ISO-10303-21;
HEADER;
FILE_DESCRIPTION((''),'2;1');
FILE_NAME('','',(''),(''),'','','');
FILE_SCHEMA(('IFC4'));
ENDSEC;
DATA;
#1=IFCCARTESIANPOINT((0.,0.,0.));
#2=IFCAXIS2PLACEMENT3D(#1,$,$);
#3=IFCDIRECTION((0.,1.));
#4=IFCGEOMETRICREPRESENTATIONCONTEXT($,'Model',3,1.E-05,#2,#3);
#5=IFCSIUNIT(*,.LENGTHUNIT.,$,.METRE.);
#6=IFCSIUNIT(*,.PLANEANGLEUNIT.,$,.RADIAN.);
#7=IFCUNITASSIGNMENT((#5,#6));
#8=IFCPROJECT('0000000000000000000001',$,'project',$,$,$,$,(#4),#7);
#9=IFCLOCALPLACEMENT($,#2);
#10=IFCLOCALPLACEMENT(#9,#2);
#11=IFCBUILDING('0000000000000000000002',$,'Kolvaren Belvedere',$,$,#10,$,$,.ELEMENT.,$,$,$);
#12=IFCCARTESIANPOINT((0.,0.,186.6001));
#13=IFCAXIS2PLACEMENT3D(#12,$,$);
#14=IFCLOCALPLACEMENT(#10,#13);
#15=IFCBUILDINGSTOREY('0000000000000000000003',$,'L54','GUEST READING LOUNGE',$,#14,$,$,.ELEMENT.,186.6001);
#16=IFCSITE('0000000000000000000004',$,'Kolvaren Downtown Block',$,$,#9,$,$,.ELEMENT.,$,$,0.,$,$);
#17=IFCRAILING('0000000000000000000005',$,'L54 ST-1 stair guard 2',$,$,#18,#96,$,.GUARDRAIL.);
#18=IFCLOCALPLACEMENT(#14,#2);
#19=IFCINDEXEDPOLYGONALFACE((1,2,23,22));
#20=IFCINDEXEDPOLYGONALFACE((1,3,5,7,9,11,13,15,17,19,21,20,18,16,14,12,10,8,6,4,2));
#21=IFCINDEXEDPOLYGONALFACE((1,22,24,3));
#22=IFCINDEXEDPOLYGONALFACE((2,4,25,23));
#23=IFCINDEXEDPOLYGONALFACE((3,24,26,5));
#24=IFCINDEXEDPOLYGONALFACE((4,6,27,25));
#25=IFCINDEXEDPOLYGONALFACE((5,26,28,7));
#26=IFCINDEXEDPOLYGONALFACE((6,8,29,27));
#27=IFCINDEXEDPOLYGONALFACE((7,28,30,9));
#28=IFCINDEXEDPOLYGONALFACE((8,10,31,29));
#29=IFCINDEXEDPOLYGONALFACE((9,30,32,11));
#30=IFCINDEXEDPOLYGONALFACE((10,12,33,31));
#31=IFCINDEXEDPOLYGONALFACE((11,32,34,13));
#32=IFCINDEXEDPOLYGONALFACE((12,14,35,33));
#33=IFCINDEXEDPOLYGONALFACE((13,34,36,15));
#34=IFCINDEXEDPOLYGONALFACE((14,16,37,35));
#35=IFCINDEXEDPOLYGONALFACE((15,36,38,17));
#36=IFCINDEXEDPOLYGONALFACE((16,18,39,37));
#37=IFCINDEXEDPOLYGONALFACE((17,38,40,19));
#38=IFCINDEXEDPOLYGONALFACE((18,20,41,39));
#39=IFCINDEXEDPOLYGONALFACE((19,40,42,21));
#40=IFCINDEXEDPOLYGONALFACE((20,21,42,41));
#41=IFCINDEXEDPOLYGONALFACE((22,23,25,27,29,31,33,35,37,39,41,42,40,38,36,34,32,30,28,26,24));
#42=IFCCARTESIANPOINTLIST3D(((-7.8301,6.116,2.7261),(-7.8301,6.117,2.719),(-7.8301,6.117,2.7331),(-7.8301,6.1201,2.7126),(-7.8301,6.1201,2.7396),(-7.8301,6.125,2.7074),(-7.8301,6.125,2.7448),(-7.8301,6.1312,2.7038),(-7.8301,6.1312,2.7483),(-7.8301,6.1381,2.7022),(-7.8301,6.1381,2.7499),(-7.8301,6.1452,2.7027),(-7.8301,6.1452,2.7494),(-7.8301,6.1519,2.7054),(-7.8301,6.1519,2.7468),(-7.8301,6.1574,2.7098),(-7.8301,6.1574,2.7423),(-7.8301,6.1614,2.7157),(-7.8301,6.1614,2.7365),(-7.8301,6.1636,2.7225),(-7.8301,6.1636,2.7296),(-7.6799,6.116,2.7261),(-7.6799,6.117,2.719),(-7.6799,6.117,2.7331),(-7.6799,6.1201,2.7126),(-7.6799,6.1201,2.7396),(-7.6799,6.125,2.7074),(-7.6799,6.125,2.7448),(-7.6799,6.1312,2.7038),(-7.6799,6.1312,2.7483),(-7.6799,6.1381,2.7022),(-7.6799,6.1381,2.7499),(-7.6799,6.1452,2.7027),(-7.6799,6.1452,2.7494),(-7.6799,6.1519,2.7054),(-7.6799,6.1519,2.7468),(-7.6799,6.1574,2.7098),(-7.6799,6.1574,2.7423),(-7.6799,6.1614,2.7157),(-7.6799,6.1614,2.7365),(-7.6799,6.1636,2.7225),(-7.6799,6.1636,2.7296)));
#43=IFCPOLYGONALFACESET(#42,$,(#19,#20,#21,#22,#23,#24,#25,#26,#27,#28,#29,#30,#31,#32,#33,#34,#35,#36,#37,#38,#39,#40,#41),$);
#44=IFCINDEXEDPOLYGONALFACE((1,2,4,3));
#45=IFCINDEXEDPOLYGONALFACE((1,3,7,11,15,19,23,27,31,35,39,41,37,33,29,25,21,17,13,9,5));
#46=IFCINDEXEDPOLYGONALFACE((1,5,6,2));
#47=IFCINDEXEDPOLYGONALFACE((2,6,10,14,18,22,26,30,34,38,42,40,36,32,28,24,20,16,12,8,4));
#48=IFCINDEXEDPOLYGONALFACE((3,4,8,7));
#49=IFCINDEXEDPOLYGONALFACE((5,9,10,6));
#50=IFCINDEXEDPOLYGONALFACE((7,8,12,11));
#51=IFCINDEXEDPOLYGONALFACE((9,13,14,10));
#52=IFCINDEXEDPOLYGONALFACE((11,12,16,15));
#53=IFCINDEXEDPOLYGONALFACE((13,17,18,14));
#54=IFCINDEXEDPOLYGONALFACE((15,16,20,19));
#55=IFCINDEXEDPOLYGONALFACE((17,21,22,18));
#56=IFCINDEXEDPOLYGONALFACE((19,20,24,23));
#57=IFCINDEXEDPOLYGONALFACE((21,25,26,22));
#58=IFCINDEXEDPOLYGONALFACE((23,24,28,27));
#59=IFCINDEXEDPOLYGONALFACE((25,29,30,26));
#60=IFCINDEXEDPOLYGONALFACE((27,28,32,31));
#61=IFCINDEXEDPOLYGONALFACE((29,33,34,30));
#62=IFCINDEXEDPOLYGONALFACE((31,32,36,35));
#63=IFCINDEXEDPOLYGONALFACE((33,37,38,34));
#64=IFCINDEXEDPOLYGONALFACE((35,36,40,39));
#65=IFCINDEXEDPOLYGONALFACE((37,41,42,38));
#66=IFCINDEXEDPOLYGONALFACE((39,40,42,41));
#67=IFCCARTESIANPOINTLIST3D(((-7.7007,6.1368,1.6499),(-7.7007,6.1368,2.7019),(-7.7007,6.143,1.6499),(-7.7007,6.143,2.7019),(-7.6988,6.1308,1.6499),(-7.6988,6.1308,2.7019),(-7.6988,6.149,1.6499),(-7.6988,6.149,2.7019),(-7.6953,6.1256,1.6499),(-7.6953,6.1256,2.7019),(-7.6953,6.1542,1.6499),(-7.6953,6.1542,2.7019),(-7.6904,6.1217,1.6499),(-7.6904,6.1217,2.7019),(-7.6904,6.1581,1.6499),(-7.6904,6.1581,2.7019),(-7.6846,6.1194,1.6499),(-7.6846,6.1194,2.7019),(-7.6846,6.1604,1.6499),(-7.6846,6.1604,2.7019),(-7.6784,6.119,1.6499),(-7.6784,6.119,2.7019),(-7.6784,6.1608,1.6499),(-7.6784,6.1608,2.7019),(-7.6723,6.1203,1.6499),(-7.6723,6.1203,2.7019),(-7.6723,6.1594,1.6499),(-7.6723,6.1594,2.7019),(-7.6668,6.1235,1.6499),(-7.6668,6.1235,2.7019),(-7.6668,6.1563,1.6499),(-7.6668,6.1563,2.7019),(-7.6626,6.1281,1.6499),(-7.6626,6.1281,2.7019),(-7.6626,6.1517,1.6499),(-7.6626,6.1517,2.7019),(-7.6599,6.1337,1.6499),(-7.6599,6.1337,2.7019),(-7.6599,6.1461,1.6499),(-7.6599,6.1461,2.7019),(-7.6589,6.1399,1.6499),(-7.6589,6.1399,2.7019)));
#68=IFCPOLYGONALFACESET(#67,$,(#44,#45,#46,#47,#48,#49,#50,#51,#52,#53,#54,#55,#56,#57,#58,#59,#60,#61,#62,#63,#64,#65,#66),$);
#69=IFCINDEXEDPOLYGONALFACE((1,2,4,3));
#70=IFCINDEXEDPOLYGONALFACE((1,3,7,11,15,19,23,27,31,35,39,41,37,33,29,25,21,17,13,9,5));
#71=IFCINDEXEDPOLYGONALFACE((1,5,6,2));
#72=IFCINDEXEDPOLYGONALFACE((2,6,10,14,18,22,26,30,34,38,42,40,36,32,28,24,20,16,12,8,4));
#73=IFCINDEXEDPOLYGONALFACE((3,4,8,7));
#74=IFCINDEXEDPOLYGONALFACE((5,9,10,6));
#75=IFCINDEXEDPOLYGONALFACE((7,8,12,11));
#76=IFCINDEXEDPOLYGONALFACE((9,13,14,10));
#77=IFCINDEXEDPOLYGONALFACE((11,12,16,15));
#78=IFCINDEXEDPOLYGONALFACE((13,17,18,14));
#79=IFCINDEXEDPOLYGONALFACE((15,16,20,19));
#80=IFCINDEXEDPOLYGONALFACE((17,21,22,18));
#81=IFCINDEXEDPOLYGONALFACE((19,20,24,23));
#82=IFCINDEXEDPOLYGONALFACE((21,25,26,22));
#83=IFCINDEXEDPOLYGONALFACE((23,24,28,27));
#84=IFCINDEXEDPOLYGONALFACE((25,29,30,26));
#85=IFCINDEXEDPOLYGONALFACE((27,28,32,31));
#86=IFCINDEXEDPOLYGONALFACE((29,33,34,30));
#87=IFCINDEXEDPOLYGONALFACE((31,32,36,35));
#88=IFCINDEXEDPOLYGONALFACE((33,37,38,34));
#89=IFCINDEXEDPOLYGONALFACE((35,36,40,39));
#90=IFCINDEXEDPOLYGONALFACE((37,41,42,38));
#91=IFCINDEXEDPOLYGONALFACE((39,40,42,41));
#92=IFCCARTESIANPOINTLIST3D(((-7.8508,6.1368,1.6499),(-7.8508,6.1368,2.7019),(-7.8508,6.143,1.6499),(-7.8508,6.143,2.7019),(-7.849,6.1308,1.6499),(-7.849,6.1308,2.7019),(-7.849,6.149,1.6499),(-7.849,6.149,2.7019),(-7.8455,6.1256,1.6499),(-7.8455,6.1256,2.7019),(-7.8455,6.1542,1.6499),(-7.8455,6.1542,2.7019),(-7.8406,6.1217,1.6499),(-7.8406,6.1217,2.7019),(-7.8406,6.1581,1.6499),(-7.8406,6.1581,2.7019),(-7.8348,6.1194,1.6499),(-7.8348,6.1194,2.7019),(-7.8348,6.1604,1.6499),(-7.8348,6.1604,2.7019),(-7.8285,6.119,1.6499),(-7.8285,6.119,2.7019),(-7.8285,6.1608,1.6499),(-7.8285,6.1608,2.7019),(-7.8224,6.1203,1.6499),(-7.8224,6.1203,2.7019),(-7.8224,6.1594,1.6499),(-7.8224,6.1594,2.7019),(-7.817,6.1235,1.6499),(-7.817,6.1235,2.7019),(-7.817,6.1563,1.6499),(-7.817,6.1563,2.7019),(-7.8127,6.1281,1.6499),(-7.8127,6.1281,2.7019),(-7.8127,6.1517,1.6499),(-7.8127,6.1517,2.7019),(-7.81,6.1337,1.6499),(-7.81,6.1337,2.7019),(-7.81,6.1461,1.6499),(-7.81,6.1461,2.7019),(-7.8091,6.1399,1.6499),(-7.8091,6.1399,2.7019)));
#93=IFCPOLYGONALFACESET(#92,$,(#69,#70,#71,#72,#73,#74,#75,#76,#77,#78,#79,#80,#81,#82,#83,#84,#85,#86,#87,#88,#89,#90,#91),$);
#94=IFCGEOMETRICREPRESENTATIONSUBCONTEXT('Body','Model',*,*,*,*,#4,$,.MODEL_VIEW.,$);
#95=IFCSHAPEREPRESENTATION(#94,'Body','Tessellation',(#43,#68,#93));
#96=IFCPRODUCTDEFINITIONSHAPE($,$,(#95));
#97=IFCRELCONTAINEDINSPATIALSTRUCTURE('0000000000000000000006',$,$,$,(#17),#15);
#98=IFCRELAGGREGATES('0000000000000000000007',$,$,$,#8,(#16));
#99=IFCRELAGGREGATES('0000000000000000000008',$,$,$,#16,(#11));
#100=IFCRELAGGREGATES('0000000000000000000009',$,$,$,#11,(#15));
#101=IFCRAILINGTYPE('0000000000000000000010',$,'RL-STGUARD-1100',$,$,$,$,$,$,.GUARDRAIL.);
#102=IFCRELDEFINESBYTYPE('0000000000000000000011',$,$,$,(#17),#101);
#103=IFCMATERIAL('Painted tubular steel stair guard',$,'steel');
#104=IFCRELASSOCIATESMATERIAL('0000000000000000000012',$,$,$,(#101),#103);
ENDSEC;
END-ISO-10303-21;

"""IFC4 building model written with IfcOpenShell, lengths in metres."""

from ifc_helpers import new_model, si_unit, direction, frame, origin, origin_2d, place, context, subcontext, project, spatial, circle, extrude, material, type_object, element, save


model = new_model("IFC4")

# Units and contexts
model_context = context("Model", 3, precision=1e-05, world=origin(), true_north=direction((0.0, 1.0)))
body_context = subcontext(model_context, "Body", "Model", "MODEL_VIEW")
ifc_project = project(units=[si_unit("LENGTHUNIT", "METRE"), si_unit("PLANEANGLEUNIT", "RADIAN")], contexts=[model_context])

# Site, building, storey
site_placement = place(None, origin())
site = spatial("IfcSite", under=ifc_project, at=site_placement, Name="Kolvaren Downtown Block", CompositionType="ELEMENT", RefElevation=0.0)
building_placement = place(site_placement, origin())
building = spatial("IfcBuilding", under=site, at=building_placement, Name="Kolvaren Belvedere", CompositionType="ELEMENT")
storey_placement = place(building_placement, frame((0.0, 0.0, 186.6001)))
storey = spatial("IfcBuildingStorey", under=building, at=storey_placement, Name="L54", Description="GUEST READING LOUNGE", CompositionType="ELEMENT", Elevation=186.6001)

# Railing
ifc_material_1 = material(Name="Painted tubular steel stair guard", Category="steel")
railing_type_1 = type_object("IfcRailingType", Name="RL-STGUARD-1100", PredefinedType="GUARDRAIL", material=ifc_material_1)
railing_1_placement = place(storey_placement, frame((-7.6799, 6.1399, 1.6499)))
element("IfcRailing", 1, at=railing_1_placement, inside=storey, type_object=railing_type_1, Name="L54 ST-1 stair guard 2", PredefinedType="GUARDRAIL", context=body_context, shape_type="SweptSolid", body=[
    extrude(circle(Radius=0.0239, at=origin_2d()), frame((0.0, 0.0, 1.0762), z_axis=(-1.0, 0.0, 0.0), x_axis=(0.0, -1.0, 0.0)), (0.0, 0.0, 1.0), 0.1501),
    extrude(circle(Radius=0.021, at=origin_2d()), origin(), (0.0, 0.0, 1.0), 1.052),
    extrude(circle(Radius=0.021, at=origin_2d()), frame((-0.1501, 0.0, 0.0)), (0.0, 0.0, 1.0), 1.052),
])

save(model, "model.ifc")
